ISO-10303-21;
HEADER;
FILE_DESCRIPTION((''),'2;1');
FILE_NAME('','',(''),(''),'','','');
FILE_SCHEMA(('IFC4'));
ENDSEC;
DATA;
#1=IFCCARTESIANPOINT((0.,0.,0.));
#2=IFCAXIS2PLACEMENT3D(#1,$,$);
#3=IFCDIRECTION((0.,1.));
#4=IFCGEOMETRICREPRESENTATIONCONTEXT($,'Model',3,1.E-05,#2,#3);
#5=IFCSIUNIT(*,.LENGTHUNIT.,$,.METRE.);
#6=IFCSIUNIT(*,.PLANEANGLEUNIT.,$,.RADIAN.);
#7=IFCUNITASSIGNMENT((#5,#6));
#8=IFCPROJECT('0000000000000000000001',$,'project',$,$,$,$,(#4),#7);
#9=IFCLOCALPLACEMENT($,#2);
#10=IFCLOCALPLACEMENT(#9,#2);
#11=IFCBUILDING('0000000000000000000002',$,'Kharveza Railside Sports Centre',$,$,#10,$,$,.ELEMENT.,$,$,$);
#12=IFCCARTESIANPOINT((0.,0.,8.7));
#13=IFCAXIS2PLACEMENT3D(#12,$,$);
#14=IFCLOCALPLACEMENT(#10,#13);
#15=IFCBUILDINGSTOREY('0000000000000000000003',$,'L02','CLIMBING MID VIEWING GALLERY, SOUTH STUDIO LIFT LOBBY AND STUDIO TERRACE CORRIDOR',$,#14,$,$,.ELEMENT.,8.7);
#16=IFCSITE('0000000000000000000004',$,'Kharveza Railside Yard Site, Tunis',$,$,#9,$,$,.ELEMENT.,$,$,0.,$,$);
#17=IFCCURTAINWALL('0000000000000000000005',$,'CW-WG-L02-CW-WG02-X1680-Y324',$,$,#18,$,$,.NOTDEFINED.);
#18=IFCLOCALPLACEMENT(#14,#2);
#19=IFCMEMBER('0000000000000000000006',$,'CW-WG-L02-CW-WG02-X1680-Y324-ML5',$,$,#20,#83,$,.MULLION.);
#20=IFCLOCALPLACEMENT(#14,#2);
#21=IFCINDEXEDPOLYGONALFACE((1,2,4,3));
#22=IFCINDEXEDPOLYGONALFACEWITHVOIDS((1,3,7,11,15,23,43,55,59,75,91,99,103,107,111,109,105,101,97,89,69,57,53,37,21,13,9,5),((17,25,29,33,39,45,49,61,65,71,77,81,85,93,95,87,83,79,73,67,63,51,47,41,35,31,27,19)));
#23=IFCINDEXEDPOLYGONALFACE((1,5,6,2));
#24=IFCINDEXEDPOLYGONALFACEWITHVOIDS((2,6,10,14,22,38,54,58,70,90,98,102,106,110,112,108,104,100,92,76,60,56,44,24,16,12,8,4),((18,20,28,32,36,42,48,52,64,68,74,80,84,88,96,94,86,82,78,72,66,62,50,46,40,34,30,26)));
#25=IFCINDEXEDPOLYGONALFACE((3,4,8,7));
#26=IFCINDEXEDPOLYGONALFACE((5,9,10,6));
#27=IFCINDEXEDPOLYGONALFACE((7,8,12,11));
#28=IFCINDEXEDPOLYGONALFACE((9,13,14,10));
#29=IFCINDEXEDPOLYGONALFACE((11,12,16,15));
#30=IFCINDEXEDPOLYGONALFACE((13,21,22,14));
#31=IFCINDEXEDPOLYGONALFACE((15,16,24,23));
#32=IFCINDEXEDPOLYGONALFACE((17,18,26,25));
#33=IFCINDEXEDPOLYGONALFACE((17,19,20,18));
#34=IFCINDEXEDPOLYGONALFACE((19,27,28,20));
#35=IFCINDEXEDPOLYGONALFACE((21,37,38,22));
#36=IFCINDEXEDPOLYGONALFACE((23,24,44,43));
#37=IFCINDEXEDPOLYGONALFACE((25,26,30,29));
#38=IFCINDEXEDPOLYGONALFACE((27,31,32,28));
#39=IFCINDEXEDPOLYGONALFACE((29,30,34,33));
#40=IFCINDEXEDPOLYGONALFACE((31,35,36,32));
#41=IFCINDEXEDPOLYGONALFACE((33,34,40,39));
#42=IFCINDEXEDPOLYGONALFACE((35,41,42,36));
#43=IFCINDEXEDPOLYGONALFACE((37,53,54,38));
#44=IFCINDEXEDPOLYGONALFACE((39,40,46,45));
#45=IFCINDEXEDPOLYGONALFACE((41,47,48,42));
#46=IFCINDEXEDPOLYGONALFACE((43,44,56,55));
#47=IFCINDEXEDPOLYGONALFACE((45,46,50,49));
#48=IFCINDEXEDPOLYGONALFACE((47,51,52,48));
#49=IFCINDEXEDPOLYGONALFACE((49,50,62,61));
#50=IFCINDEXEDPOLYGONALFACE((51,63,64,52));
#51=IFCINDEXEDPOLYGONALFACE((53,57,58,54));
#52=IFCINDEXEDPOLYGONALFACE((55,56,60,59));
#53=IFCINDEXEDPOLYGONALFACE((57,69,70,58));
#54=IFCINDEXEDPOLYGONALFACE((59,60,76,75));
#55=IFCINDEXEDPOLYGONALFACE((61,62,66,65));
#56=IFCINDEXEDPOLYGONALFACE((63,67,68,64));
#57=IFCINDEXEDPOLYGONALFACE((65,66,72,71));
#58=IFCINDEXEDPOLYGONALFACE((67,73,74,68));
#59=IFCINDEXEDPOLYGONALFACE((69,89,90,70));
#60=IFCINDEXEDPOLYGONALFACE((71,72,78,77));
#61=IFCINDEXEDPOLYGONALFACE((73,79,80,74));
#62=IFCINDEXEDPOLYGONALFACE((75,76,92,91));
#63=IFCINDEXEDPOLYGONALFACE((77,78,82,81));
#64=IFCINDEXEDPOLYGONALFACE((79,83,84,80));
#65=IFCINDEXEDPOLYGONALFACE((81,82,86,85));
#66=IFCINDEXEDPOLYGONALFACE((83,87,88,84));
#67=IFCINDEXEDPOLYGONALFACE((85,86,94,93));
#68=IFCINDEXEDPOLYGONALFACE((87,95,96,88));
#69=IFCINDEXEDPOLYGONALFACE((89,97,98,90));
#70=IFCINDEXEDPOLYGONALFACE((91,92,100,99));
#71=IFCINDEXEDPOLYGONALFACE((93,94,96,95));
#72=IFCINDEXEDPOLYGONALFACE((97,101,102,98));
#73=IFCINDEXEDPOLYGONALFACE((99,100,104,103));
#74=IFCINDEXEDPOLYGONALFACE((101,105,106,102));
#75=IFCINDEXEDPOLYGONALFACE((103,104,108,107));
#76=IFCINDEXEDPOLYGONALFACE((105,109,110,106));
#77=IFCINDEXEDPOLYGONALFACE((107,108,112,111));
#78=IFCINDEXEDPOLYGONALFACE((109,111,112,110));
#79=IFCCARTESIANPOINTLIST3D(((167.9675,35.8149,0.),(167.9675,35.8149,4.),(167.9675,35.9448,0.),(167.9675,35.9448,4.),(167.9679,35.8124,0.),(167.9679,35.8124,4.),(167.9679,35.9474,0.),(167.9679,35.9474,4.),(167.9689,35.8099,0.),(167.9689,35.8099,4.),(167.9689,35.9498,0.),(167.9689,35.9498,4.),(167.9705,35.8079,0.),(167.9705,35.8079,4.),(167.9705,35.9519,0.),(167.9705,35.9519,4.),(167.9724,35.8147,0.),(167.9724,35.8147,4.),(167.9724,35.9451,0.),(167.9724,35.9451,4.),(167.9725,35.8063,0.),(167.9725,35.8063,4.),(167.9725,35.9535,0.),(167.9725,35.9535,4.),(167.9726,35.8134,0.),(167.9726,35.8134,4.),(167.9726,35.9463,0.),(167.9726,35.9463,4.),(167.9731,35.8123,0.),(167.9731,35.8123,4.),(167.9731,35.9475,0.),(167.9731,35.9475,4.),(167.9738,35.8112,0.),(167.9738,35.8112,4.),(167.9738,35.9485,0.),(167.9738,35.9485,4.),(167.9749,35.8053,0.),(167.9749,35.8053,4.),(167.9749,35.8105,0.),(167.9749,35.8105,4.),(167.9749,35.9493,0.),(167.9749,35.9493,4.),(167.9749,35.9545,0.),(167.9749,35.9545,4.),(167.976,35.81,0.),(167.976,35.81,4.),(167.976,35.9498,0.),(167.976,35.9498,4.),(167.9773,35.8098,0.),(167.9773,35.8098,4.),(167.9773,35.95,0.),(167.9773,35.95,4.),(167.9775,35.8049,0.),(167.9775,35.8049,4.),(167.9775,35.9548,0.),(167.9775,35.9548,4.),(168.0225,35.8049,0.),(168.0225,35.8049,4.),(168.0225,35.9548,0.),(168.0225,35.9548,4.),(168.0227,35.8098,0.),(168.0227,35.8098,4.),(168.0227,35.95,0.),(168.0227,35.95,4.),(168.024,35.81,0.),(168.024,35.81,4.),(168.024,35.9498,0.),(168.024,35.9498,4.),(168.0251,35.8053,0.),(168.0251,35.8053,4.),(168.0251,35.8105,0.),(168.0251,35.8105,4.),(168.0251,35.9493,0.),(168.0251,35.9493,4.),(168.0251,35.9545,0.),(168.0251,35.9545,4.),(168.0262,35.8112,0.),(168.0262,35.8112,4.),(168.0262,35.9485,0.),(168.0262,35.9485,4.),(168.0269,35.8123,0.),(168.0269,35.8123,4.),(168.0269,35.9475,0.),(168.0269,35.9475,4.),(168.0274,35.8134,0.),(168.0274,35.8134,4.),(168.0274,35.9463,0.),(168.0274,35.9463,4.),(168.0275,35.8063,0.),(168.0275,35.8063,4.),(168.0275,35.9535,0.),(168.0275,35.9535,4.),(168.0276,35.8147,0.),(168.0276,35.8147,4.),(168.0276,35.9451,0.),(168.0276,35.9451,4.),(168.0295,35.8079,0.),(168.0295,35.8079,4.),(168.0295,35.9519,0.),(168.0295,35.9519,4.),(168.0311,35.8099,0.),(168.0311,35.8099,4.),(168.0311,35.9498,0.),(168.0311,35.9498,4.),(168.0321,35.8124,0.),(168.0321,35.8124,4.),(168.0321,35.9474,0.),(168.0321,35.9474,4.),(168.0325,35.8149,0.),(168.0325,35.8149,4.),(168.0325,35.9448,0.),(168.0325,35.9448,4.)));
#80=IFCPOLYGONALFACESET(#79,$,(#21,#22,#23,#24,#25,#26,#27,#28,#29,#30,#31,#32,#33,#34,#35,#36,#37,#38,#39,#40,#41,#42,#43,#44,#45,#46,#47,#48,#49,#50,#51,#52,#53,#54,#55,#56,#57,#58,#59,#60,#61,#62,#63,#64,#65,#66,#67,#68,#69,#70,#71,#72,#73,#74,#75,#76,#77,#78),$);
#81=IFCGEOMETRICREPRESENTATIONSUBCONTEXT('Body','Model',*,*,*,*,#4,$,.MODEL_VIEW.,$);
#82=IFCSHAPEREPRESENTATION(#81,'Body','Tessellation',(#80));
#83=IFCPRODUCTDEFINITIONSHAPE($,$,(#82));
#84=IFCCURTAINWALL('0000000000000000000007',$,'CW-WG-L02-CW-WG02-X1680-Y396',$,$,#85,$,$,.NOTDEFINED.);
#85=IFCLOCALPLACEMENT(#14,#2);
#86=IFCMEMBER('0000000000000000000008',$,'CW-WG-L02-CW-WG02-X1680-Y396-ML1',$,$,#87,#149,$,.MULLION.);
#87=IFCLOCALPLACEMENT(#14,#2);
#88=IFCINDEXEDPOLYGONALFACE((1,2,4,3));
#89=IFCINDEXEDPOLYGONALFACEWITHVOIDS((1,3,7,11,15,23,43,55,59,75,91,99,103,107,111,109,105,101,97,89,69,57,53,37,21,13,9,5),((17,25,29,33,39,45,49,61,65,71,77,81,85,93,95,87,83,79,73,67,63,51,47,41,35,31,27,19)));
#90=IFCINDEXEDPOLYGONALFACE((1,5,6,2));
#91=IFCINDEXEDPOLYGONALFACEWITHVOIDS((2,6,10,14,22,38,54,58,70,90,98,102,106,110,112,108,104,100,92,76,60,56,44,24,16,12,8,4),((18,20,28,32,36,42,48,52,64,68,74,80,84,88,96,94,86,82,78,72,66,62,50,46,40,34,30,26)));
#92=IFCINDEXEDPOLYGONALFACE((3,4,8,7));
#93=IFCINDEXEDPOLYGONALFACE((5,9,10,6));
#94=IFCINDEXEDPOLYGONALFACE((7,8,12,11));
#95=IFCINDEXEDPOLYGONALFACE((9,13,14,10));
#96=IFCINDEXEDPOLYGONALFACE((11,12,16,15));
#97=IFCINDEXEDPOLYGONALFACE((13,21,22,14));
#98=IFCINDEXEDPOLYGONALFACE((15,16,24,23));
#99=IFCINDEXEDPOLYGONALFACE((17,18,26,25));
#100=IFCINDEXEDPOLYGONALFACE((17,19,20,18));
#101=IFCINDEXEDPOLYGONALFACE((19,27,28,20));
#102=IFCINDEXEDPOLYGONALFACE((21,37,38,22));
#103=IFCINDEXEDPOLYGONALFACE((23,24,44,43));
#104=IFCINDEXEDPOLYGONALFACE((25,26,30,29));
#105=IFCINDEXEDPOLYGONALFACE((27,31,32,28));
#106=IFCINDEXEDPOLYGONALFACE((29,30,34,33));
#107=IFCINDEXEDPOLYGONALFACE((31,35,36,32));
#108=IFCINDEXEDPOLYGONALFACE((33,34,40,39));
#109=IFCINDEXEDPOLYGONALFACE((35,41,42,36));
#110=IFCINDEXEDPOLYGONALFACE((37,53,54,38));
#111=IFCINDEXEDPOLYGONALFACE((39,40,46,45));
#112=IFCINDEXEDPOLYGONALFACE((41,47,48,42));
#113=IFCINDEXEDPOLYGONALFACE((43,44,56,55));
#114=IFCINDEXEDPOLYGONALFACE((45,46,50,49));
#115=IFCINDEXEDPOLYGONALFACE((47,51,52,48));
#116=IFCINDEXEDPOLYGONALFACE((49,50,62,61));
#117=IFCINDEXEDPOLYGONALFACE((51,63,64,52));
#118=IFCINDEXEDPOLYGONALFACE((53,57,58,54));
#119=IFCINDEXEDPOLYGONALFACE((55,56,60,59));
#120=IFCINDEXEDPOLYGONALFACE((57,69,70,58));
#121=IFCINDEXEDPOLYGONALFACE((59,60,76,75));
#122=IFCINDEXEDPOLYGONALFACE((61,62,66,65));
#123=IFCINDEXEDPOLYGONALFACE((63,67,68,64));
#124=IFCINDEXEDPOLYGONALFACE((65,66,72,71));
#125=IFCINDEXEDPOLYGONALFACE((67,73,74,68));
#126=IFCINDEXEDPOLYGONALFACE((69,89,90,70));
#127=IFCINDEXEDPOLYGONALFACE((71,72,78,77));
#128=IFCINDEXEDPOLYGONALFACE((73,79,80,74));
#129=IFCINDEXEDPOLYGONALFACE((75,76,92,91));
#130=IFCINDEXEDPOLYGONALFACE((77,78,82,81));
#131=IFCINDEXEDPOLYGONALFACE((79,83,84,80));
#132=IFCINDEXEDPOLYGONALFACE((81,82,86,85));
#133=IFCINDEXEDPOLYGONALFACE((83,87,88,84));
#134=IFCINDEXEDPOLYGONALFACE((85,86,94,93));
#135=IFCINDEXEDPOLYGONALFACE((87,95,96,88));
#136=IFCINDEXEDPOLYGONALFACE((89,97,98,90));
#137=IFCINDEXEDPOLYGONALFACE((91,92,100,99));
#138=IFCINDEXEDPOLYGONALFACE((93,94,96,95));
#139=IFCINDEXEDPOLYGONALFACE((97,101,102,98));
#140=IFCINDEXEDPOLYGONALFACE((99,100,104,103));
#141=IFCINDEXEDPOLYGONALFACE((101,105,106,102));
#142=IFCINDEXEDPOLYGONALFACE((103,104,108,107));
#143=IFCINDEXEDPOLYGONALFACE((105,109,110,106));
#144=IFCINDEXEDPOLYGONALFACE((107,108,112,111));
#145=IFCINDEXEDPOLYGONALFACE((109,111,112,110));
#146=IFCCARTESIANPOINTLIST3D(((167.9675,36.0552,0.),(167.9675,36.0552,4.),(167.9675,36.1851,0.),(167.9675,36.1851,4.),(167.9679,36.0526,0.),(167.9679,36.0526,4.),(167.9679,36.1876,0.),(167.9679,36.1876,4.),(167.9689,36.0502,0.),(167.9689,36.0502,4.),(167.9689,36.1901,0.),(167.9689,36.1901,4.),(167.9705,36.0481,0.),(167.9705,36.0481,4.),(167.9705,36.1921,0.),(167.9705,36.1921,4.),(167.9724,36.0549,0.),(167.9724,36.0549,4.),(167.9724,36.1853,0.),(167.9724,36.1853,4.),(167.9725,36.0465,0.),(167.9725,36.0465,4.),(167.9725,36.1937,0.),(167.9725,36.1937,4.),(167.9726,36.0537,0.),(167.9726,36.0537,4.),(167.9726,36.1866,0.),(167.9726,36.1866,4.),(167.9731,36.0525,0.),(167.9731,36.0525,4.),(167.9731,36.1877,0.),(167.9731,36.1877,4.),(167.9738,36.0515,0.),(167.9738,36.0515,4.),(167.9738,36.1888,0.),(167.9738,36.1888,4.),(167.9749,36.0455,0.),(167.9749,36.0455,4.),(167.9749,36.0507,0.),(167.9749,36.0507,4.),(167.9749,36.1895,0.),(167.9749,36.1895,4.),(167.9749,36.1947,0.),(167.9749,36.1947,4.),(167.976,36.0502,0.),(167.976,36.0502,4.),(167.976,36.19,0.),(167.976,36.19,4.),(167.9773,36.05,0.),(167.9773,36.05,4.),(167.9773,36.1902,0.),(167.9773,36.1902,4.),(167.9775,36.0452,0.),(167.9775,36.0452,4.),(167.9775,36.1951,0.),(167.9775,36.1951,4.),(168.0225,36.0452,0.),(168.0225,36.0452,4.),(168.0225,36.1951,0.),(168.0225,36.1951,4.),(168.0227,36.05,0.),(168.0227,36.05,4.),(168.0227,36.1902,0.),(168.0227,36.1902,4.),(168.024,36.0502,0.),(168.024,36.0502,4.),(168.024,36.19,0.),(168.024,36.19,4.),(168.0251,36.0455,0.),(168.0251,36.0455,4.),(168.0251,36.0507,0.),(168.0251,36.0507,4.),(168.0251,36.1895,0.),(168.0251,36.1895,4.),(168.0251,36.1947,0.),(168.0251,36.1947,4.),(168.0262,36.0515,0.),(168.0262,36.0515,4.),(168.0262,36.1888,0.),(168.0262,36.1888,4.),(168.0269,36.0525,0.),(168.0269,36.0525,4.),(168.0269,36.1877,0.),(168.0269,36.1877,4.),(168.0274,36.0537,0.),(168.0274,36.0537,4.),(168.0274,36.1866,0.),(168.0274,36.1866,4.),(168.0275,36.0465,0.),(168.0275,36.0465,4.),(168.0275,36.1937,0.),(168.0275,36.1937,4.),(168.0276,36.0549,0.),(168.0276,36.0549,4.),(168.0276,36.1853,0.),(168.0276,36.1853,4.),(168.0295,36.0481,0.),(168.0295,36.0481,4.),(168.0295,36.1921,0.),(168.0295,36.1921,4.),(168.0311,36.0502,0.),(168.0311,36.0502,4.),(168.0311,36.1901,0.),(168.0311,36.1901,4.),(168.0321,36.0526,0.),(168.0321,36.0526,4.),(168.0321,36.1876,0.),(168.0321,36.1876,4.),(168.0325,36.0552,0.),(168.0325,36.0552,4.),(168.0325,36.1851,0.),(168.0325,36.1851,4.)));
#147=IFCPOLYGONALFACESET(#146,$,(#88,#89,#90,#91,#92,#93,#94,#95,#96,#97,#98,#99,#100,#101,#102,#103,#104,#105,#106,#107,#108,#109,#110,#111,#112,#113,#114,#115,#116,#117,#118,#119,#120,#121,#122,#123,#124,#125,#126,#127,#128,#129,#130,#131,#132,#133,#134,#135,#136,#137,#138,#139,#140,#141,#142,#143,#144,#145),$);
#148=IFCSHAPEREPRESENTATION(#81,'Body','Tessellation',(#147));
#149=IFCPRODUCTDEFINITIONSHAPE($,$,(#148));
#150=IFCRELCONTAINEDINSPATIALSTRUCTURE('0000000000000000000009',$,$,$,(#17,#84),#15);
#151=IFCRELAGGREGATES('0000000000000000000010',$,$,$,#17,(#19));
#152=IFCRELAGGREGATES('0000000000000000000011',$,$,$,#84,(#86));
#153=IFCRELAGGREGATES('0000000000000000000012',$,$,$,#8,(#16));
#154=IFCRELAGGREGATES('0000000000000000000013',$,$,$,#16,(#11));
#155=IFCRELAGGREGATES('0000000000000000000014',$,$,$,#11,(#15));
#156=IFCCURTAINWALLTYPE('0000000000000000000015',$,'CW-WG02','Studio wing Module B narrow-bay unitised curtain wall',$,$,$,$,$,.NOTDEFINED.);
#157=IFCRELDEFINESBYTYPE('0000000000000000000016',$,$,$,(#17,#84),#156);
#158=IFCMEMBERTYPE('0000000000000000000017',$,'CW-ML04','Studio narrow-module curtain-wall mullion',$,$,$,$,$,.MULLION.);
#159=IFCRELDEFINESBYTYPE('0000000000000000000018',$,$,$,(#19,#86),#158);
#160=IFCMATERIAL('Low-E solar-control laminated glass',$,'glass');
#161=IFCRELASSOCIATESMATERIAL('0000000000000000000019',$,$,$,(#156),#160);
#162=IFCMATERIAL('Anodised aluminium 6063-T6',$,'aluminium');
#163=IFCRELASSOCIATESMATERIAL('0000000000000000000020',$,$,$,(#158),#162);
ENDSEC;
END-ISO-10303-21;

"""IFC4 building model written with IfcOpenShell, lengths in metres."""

from ifc_helpers import new_model, si_unit, direction, frame, origin, origin_2d, place, context, subcontext, project, spatial, hollow_rectangle, extrude, material, material_profile, profile_set, type_object, element, aggregate, save


model = new_model("IFC4")

# Units and contexts
model_context = context("Model", 3, precision=1e-05, world=origin(), true_north=direction((0.0, 1.0)))
body_context = subcontext(model_context, "Body", "Model", "MODEL_VIEW")
ifc_project = project(units=[si_unit("LENGTHUNIT", "METRE"), si_unit("PLANEANGLEUNIT", "RADIAN")], contexts=[model_context])

# Site, building, storey
site_placement = place(None, origin())
site = spatial("IfcSite", under=ifc_project, at=site_placement, Name="Kharveza Railside Yard Site, Tunis", CompositionType="ELEMENT", RefElevation=0.0)
building_placement = place(site_placement, origin())
building = spatial("IfcBuilding", under=site, at=building_placement, Name="Kharveza Railside Sports Centre", CompositionType="ELEMENT")
storey_placement = place(building_placement, frame((0.0, 0.0, 8.7)))
storey = spatial("IfcBuildingStorey", under=building, at=storey_placement, Name="L02", Description="CLIMBING MID VIEWING GALLERY, SOUTH STUDIO LIFT LOBBY AND STUDIO TERRACE CORRIDOR", CompositionType="ELEMENT", Elevation=8.7)

# Curtain wall, member
ifc_material_1 = material(Name="Low-E solar-control laminated glass", Category="glass")
curtain_wall_type = type_object("IfcCurtainWallType", Name="CW-WG02", Description="Studio wing Module B narrow-bay unitised curtain wall", PredefinedType="NOTDEFINED", material=ifc_material_1)
curtain_wall_1_placement = place(storey_placement, origin())
curtain_wall_1 = element("IfcCurtainWall", 1, at=curtain_wall_1_placement, inside=storey, type_object=curtain_wall_type, Name="CW-WG-L02-CW-WG02-X1680-Y324", PredefinedType="NOTDEFINED")
ifc_material_2 = material(Name="Anodised aluminium 6063-T6", Category="aluminium")
ifc_material_profile_1 = material_profile(ifc_material_2, hollow_rectangle(XDim=0.0649, YDim=0.1499, WallThickness=0.0049, InnerFilletRadius=0.0049, OuterFilletRadius=0.01, at=origin_2d()), Name="RHS 65x150x5.0")
ifc_profile_set_1 = profile_set([ifc_material_profile_1], Name="Anodised aluminium 6063-T6")
member_type_1 = type_object("IfcMemberType", Name="CW-ML04", Description="Studio narrow-module curtain-wall mullion", PredefinedType="MULLION", material=ifc_profile_set_1)
member_1_placement = place(storey_placement, frame((168.0, 35.8799, 0.0), z_axis=(0.0, 0.0, 1.0), x_axis=(1.0, 0.0, 0.0)))
member_1 = element("IfcMember", 2, at=member_1_placement, type_object=member_type_1, Name="CW-WG-L02-CW-WG02-X1680-Y324-ML5", PredefinedType="MULLION", context=body_context, shape_type="SweptSolid", body=[
    extrude(hollow_rectangle(XDim=0.0649, YDim=0.1499, WallThickness=0.0049, InnerFilletRadius=0.0049, OuterFilletRadius=0.01, at=origin_2d()), origin(), (0.0, 0.0, 1.0), 4.0),
])

# Curtain wall, member
curtain_wall_2_placement = place(storey_placement, origin())
curtain_wall_2 = element("IfcCurtainWall", 3, at=curtain_wall_2_placement, inside=storey, type_object=curtain_wall_type, Name="CW-WG-L02-CW-WG02-X1680-Y396", PredefinedType="NOTDEFINED")
member_2_placement = place(storey_placement, frame((168.0, 36.1201, 0.0), z_axis=(0.0, 0.0, 1.0), x_axis=(1.0, 0.0, 0.0)))
member_2 = element("IfcMember", 4, at=member_2_placement, type_object=member_type_1, Name="CW-WG-L02-CW-WG02-X1680-Y396-ML1", PredefinedType="MULLION", context=body_context, shape_type="SweptSolid", body=[
    extrude(hollow_rectangle(XDim=0.0649, YDim=0.1499, WallThickness=0.0049, InnerFilletRadius=0.0049, OuterFilletRadius=0.01, at=origin_2d()), origin(), (0.0, 0.0, 1.0), 4.0),
])

aggregate(curtain_wall_1, [member_1])
aggregate(curtain_wall_2, [member_2])

save(model, "model.ifc")
